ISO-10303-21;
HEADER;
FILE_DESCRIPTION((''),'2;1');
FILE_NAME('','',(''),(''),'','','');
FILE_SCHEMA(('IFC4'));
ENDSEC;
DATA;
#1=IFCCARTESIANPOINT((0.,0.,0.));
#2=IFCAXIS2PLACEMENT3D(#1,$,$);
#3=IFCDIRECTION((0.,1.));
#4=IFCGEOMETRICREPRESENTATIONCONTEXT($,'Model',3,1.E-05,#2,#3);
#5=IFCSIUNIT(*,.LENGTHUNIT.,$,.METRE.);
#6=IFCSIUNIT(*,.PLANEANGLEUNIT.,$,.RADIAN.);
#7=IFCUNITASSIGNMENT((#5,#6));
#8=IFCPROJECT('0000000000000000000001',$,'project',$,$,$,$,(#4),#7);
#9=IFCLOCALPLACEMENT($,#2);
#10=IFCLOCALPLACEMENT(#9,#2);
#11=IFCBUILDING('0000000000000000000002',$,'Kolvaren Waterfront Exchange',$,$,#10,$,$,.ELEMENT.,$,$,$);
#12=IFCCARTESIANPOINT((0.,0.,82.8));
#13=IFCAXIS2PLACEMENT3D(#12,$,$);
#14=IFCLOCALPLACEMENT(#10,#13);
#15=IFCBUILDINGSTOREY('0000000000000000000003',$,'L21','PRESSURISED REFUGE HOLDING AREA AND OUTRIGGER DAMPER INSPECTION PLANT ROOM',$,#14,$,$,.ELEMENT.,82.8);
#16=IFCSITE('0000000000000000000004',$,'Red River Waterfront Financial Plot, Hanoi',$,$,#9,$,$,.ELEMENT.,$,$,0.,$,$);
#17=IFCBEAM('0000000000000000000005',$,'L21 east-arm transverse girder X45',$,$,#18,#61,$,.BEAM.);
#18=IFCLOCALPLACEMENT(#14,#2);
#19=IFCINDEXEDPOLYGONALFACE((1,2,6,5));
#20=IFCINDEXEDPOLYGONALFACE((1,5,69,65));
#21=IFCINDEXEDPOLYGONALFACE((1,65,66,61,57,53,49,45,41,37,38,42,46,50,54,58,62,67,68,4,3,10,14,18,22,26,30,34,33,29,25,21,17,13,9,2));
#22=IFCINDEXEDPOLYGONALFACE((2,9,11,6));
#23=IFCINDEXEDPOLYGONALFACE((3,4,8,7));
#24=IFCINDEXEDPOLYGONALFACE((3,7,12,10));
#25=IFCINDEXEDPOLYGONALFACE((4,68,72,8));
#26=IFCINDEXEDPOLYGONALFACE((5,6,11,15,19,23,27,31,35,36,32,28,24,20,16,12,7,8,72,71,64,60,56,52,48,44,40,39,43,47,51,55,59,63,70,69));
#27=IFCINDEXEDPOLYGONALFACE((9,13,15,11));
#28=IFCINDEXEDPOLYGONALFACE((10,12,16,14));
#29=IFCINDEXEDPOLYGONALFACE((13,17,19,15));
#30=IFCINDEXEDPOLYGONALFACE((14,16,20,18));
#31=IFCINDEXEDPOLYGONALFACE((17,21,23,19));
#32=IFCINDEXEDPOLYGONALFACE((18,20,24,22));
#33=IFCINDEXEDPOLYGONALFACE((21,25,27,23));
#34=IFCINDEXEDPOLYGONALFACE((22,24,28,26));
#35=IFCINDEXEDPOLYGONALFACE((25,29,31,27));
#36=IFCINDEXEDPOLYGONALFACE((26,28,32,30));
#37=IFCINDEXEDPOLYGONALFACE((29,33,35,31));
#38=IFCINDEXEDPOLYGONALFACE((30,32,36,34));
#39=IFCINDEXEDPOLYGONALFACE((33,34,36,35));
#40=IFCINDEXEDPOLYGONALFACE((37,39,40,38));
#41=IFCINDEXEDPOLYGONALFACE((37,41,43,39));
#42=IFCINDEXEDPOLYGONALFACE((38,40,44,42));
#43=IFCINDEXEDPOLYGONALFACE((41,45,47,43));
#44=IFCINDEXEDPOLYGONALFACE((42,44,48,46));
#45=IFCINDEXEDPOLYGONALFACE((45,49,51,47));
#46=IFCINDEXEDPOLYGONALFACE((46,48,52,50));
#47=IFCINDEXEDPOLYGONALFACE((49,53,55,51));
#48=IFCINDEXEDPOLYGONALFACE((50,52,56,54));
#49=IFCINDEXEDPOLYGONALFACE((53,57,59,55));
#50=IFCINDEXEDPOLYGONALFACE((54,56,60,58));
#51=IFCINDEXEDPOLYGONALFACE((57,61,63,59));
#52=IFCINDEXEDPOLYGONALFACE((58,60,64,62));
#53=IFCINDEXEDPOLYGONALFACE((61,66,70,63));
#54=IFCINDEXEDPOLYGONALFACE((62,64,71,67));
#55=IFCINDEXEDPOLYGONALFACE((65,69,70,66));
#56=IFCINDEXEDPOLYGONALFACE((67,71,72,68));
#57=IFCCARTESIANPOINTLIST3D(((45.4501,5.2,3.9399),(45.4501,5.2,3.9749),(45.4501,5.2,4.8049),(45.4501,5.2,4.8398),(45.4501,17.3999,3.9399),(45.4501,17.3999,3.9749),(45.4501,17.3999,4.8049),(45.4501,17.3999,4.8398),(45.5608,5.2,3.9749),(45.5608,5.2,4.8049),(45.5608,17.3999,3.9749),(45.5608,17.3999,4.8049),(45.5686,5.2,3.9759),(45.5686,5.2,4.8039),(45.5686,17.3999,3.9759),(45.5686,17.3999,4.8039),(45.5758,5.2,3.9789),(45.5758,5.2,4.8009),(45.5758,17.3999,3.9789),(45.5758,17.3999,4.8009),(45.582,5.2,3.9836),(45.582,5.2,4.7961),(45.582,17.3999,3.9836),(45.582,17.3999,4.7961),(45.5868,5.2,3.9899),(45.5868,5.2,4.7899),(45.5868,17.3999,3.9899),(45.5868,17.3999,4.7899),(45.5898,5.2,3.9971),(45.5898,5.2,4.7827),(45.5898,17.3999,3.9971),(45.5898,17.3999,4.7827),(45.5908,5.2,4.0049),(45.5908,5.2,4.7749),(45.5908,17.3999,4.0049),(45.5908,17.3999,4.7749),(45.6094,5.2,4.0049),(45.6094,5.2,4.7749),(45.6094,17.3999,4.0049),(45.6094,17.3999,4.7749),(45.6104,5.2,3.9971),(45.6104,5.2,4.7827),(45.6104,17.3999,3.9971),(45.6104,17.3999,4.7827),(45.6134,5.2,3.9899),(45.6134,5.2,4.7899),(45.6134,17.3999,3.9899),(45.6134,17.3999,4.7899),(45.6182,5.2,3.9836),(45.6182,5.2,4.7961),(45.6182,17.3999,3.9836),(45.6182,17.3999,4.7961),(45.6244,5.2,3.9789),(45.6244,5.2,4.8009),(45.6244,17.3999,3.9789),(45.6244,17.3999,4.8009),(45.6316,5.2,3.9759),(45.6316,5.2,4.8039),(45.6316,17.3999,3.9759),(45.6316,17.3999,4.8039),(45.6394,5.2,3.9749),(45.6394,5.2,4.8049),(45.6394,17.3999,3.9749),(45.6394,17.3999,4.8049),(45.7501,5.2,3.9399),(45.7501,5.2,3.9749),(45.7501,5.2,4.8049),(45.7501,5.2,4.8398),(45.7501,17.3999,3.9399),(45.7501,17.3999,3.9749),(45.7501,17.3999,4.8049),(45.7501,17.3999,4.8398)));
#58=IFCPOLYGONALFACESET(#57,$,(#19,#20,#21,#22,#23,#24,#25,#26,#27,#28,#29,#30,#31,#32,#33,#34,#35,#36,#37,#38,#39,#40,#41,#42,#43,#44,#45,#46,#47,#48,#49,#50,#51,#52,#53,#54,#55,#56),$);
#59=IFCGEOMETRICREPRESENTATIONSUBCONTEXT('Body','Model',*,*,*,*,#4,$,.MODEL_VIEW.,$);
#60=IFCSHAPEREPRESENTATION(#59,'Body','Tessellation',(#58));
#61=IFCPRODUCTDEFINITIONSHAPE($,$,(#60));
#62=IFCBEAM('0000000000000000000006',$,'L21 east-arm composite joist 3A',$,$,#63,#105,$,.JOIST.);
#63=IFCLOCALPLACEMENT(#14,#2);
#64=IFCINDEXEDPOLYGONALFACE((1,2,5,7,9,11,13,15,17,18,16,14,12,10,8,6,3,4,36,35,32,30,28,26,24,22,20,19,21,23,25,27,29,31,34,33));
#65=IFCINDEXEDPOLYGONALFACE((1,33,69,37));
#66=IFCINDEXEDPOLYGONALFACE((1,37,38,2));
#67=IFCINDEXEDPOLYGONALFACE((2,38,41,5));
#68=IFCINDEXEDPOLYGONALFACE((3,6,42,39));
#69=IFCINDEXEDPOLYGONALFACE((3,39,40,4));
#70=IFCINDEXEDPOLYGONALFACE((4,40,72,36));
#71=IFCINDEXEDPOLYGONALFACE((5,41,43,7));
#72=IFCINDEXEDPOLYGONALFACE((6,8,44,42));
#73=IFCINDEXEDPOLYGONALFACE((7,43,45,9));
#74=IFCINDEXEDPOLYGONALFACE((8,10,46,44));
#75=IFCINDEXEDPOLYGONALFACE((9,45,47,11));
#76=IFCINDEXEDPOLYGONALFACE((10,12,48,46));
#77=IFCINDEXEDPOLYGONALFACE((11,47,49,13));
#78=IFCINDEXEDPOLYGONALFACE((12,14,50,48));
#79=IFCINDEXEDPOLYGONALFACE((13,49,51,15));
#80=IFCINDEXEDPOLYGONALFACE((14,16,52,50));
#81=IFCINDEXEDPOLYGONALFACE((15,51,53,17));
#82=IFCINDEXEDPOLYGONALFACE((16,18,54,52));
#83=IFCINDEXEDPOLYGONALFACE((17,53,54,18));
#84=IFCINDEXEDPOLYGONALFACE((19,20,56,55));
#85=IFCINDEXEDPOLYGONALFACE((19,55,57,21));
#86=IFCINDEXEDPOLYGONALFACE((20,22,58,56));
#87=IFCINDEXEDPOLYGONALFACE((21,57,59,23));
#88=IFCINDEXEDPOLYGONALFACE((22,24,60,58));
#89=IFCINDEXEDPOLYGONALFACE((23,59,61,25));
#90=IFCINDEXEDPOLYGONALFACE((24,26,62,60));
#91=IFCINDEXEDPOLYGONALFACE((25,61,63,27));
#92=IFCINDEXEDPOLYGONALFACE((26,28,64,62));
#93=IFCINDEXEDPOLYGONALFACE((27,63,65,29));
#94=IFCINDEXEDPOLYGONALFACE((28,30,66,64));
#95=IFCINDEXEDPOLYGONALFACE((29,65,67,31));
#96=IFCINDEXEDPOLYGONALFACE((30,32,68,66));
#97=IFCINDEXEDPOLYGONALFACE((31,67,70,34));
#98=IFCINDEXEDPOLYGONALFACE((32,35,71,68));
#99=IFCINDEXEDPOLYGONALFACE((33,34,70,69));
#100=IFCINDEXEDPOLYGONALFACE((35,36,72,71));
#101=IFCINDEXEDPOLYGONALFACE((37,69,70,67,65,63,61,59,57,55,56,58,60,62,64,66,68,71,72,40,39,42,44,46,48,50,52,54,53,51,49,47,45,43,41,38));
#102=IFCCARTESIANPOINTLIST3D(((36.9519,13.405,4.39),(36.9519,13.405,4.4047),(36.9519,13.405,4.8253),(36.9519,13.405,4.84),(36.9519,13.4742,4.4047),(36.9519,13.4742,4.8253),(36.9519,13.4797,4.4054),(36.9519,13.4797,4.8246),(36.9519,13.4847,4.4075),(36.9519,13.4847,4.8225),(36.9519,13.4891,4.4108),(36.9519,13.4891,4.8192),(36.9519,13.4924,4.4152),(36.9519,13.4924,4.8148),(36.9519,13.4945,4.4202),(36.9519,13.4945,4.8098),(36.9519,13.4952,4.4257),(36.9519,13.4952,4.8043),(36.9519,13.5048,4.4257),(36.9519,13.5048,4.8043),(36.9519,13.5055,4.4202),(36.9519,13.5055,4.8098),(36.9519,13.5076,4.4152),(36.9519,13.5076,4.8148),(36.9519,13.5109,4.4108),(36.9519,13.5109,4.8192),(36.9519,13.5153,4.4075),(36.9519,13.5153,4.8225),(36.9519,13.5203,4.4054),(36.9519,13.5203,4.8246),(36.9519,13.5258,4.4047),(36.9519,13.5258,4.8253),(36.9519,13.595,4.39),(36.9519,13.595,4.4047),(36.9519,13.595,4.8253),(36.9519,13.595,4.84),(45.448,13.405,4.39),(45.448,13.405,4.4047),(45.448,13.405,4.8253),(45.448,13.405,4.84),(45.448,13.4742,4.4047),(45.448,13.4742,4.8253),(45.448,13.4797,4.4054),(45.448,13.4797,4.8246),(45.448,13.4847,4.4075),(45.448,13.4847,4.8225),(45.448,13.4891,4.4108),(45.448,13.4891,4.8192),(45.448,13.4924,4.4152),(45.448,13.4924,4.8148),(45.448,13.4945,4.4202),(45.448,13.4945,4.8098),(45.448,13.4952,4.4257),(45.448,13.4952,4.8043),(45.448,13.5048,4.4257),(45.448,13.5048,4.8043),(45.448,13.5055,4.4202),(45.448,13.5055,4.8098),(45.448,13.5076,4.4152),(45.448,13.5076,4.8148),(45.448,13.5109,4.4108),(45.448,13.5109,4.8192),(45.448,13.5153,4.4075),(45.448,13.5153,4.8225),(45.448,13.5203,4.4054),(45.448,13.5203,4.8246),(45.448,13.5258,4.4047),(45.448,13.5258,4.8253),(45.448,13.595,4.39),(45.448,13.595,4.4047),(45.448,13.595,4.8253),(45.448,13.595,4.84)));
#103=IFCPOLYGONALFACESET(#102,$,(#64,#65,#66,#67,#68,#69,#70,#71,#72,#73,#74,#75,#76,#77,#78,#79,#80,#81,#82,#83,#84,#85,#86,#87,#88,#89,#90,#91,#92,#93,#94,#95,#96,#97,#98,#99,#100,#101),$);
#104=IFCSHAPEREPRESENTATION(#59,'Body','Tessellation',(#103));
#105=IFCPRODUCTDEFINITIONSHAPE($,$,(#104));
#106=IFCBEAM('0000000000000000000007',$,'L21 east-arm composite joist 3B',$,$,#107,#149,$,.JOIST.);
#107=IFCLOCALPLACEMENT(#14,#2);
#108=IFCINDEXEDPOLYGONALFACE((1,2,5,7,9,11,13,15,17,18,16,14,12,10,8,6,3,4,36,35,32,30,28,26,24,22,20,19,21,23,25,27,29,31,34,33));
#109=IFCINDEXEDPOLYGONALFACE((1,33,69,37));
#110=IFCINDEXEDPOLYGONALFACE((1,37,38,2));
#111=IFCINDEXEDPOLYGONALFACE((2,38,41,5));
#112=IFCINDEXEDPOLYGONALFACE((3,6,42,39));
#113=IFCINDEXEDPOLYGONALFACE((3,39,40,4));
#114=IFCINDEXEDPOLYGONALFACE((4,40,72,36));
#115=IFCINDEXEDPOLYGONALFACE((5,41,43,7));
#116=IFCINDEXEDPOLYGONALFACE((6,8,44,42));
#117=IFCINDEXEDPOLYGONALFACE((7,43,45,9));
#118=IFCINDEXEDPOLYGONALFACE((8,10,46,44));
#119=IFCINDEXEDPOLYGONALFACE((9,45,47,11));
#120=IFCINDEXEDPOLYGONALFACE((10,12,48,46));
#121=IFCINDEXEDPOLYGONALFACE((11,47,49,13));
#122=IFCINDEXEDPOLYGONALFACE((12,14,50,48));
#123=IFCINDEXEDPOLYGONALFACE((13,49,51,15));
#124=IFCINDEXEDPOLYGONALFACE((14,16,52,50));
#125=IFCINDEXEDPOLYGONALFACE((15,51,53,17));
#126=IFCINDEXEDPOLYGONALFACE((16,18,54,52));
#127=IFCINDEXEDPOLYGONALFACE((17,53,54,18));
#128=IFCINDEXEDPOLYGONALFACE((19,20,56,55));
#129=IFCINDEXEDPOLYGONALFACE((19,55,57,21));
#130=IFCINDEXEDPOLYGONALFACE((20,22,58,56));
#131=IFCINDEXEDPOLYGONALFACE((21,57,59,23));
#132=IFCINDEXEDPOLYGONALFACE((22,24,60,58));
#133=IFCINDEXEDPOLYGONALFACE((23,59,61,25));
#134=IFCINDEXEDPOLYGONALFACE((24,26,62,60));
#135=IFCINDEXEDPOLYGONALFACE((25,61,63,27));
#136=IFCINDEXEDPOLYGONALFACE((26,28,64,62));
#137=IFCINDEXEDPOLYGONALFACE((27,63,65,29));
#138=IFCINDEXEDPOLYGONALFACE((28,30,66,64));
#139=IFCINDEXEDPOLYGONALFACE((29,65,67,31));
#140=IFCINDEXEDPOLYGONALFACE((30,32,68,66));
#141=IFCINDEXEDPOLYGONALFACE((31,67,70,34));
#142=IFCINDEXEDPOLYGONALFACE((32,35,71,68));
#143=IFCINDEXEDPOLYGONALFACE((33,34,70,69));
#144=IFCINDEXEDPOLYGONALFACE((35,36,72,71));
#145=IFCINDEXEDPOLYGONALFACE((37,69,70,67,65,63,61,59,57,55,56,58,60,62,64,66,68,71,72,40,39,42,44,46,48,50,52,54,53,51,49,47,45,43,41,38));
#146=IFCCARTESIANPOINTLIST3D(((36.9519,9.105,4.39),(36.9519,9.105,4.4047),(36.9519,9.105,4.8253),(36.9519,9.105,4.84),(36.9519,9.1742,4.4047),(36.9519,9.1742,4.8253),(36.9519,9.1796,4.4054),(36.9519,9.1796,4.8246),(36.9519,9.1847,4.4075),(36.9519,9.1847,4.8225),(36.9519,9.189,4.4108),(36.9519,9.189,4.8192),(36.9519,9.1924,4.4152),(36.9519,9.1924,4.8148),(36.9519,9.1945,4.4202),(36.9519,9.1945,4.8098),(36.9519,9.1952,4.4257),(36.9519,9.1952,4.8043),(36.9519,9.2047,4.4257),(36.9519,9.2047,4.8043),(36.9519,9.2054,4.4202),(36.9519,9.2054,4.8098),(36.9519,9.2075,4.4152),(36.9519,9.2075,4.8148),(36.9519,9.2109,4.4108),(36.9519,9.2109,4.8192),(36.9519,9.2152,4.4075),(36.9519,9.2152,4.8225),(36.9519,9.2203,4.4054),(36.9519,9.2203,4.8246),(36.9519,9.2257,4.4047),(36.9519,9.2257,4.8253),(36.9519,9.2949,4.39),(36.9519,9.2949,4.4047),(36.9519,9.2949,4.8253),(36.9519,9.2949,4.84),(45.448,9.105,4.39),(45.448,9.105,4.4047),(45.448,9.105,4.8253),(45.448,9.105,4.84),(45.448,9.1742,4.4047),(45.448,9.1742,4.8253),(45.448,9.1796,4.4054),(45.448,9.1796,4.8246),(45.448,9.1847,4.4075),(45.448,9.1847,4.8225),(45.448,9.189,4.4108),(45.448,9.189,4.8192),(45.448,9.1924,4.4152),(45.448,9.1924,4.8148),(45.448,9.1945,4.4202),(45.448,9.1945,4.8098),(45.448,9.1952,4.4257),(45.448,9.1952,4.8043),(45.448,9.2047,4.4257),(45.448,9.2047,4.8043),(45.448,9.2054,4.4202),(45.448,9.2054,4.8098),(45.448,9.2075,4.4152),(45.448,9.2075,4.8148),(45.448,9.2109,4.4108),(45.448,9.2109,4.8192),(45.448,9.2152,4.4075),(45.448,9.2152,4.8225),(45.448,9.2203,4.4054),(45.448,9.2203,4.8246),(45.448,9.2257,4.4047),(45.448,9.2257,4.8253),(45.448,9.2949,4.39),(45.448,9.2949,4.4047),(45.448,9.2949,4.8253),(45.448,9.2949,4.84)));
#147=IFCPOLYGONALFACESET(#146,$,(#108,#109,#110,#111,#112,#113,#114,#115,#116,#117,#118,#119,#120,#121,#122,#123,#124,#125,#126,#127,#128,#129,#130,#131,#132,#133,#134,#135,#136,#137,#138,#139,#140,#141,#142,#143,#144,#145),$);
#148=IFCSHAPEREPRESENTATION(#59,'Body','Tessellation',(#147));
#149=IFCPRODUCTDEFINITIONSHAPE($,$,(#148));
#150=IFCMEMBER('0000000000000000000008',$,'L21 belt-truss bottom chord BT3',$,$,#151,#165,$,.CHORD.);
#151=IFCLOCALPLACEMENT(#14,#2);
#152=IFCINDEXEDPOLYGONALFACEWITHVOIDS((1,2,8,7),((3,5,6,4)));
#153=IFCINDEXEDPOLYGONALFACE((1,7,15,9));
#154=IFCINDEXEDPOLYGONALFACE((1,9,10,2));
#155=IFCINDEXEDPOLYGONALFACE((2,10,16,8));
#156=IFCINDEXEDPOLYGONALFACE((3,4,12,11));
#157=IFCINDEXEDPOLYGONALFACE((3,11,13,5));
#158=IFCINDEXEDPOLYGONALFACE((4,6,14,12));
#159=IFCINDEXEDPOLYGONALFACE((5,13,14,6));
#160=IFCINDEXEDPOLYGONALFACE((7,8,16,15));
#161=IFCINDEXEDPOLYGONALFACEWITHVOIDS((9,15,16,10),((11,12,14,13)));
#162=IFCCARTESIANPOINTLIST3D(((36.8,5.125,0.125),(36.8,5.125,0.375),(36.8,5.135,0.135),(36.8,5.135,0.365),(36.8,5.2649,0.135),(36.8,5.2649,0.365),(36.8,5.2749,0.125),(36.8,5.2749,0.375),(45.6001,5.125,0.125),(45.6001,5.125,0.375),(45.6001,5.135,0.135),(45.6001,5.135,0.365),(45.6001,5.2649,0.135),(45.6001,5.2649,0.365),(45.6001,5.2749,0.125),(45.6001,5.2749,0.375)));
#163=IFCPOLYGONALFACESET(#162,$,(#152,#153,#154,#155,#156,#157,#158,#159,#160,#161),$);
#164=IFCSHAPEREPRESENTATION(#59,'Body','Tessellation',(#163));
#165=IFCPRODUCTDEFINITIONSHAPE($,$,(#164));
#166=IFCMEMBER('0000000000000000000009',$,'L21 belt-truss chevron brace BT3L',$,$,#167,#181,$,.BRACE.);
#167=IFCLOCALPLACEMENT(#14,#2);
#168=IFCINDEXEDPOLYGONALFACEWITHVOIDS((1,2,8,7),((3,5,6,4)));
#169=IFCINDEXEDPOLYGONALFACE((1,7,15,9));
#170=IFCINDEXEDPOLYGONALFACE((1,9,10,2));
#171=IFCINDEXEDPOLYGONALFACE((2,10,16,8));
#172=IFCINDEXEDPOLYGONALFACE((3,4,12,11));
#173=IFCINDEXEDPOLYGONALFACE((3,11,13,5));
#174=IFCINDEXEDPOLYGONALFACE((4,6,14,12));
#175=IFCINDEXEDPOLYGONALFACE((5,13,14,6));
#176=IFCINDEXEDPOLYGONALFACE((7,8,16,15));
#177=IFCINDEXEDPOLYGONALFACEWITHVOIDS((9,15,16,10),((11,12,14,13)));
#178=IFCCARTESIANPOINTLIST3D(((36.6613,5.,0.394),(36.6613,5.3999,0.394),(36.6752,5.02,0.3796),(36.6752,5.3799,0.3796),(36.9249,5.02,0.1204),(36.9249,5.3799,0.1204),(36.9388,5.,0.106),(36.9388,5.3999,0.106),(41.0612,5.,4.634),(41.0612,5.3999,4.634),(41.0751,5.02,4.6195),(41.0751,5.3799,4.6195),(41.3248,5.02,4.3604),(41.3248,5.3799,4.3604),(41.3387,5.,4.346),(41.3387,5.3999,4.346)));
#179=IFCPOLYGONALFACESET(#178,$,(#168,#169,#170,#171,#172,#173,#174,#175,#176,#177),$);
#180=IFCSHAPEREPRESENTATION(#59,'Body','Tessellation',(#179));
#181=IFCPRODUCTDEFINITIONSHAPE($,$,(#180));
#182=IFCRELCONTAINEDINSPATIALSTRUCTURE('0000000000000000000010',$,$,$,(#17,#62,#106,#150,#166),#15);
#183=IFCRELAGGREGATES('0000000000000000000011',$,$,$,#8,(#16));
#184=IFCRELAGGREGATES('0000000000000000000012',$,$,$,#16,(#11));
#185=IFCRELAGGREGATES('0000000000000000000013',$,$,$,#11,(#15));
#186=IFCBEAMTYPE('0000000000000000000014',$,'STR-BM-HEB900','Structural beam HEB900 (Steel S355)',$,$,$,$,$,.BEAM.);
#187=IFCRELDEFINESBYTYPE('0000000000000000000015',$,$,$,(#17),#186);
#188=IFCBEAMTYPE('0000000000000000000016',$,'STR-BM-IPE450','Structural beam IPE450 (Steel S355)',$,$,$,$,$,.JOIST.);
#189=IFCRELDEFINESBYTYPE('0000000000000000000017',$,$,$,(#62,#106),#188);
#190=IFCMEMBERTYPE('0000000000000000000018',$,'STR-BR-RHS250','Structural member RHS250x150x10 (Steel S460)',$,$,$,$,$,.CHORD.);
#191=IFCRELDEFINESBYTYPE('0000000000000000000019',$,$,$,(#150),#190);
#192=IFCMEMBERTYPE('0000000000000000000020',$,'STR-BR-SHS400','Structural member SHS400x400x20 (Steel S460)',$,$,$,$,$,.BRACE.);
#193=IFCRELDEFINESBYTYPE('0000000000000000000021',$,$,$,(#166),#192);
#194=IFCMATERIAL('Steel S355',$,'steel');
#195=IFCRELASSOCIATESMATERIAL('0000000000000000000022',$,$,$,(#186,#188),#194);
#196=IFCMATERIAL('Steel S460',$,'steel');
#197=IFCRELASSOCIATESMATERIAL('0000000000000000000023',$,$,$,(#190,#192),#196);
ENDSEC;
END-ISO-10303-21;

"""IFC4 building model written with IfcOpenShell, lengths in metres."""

from ifc_helpers import new_model, si_unit, direction, frame, origin, origin_2d, place, context, subcontext, project, spatial, hollow_rectangle, i_section, extrude, material, material_profile, profile_set, type_object, element, save


model = new_model("IFC4")

# Units and contexts
model_context = context("Model", 3, precision=1e-05, world=origin(), true_north=direction((0.0, 1.0)))
body_context = subcontext(model_context, "Body", "Model", "MODEL_VIEW")
ifc_project = project(units=[si_unit("LENGTHUNIT", "METRE"), si_unit("PLANEANGLEUNIT", "RADIAN")], contexts=[model_context])

# Site, building, storey
site_placement = place(None, origin())
site = spatial("IfcSite", under=ifc_project, at=site_placement, Name="Red River Waterfront Financial Plot, Hanoi", CompositionType="ELEMENT", RefElevation=0.0)
building_placement = place(site_placement, origin())
building = spatial("IfcBuilding", under=site, at=building_placement, Name="Kolvaren Waterfront Exchange", CompositionType="ELEMENT")
storey_placement = place(building_placement, frame((0.0, 0.0, 82.8)))
storey = spatial("IfcBuildingStorey", under=building, at=storey_placement, Name="L21", Description="PRESSURISED REFUGE HOLDING AREA AND OUTRIGGER DAMPER INSPECTION PLANT ROOM", CompositionType="ELEMENT", Elevation=82.8)

# Beams
ifc_material_1 = material(Name="Steel S355", Category="steel")
ifc_material_profile_1 = material_profile(ifc_material_1, i_section(OverallWidth=0.3, OverallDepth=0.8999, WebThickness=0.0186, FlangeThickness=0.0349, FilletRadius=0.03, at=origin_2d()), Name="HEB900")
ifc_profile_set_1 = profile_set([ifc_material_profile_1], Name="Steel S355")
beam_type_1 = type_object("IfcBeamType", Name="STR-BM-HEB900", Description="Structural beam HEB900 (Steel S355)", PredefinedType="BEAM", material=ifc_profile_set_1)
for number, where, z_axis, x_axis, name in (
    (1, (45.6001, 5.2, 4.3899), (0.0, 1.0, 0.0), (-1.0, 0.0, 0.0), "L21 east-arm transverse girder X45"),
):
    element("IfcBeam", number, at=place(storey_placement, frame(where, z_axis=z_axis, x_axis=x_axis)), inside=storey, type_object=beam_type_1, Name=name, PredefinedType="BEAM", context=body_context, shape_type="SweptSolid", body=[
        extrude(i_section(OverallWidth=0.3, OverallDepth=0.8999, WebThickness=0.0186, FlangeThickness=0.0349, FilletRadius=0.03, at=origin_2d()), origin(), (0.0, 0.0, 1.0), 12.2),
    ])
ifc_material_profile_2 = material_profile(ifc_material_1, i_section(OverallWidth=0.1899, OverallDepth=0.45, WebThickness=0.0095, FlangeThickness=0.0146, FilletRadius=0.021, at=origin_2d()), Name="IPE450")
ifc_profile_set_2 = profile_set([ifc_material_profile_2], Name="Steel S355")
beam_type_2 = type_object("IfcBeamType", Name="STR-BM-IPE450", Description="Structural beam IPE450 (Steel S355)", PredefinedType="JOIST", material=ifc_profile_set_2)
for number, where, z_axis, x_axis, name in (
    (2, (36.9519, 13.5, 4.615), (1.0, 0.0, 0.0), (0.0, 1.0, 0.0), "L21 east-arm composite joist 3A"),
    (3, (36.9519, 9.2, 4.615), (1.0, 0.0, 0.0), (0.0, 1.0, 0.0), "L21 east-arm composite joist 3B"),
):
    element("IfcBeam", number, at=place(storey_placement, frame(where, z_axis=z_axis, x_axis=x_axis)), inside=storey, type_object=beam_type_2, Name=name, PredefinedType="JOIST", context=body_context, shape_type="SweptSolid", body=[
        extrude(i_section(OverallWidth=0.1899, OverallDepth=0.45, WebThickness=0.0095, FlangeThickness=0.0146, FilletRadius=0.021, at=origin_2d()), origin(), (0.0, 0.0, 1.0), 8.4961),
    ])

# Members
ifc_material_2 = material(Name="Steel S460", Category="steel")
ifc_material_profile_3 = material_profile(ifc_material_2, hollow_rectangle(XDim=0.1499, YDim=0.25, WallThickness=0.01, at=origin_2d()), Name="RHS250x150x10")
ifc_profile_set_3 = profile_set([ifc_material_profile_3], Name="Steel S460")
member_type_1 = type_object("IfcMemberType", Name="STR-BR-RHS250", Description="Structural member RHS250x150x10 (Steel S460)", PredefinedType="CHORD", material=ifc_profile_set_3)
member_1_placement = place(storey_placement, frame((36.8, 5.2, 0.25), z_axis=(1.0, 0.0, 0.0), x_axis=(0.0, 1.0, 0.0)))
element("IfcMember", 4, at=member_1_placement, inside=storey, type_object=member_type_1, Name="L21 belt-truss bottom chord BT3", PredefinedType="CHORD", context=body_context, shape_type="SweptSolid", body=[
    extrude(hollow_rectangle(XDim=0.1499, YDim=0.25, WallThickness=0.01, at=origin_2d()), origin(), (0.0, 0.0, 1.0), 8.8),
])
ifc_material_profile_4 = material_profile(ifc_material_2, hollow_rectangle(XDim=0.3999, YDim=0.3999, WallThickness=0.02, at=origin_2d()), Name="SHS400x400x20")
ifc_profile_set_4 = profile_set([ifc_material_profile_4], Name="Steel S460")
member_type_2 = type_object("IfcMemberType", Name="STR-BR-SHS400", Description="Structural member SHS400x400x20 (Steel S460)", PredefinedType="BRACE", material=ifc_profile_set_4)
member_2_placement = place(storey_placement, frame((36.8, 5.2, 0.25), z_axis=(0.720071, 0.0, 0.6939), x_axis=(0.0, 1.0, 0.0)))
element("IfcMember", 5, at=member_2_placement, inside=storey, type_object=member_type_2, Name="L21 belt-truss chevron brace BT3L", PredefinedType="BRACE", context=body_context, shape_type="SweptSolid", body=[
    extrude(hollow_rectangle(XDim=0.3999, YDim=0.3999, WallThickness=0.02, at=origin_2d()), origin(), (0.0, 0.0, 1.0), 6.1104),
])

save(model, "model.ifc")
